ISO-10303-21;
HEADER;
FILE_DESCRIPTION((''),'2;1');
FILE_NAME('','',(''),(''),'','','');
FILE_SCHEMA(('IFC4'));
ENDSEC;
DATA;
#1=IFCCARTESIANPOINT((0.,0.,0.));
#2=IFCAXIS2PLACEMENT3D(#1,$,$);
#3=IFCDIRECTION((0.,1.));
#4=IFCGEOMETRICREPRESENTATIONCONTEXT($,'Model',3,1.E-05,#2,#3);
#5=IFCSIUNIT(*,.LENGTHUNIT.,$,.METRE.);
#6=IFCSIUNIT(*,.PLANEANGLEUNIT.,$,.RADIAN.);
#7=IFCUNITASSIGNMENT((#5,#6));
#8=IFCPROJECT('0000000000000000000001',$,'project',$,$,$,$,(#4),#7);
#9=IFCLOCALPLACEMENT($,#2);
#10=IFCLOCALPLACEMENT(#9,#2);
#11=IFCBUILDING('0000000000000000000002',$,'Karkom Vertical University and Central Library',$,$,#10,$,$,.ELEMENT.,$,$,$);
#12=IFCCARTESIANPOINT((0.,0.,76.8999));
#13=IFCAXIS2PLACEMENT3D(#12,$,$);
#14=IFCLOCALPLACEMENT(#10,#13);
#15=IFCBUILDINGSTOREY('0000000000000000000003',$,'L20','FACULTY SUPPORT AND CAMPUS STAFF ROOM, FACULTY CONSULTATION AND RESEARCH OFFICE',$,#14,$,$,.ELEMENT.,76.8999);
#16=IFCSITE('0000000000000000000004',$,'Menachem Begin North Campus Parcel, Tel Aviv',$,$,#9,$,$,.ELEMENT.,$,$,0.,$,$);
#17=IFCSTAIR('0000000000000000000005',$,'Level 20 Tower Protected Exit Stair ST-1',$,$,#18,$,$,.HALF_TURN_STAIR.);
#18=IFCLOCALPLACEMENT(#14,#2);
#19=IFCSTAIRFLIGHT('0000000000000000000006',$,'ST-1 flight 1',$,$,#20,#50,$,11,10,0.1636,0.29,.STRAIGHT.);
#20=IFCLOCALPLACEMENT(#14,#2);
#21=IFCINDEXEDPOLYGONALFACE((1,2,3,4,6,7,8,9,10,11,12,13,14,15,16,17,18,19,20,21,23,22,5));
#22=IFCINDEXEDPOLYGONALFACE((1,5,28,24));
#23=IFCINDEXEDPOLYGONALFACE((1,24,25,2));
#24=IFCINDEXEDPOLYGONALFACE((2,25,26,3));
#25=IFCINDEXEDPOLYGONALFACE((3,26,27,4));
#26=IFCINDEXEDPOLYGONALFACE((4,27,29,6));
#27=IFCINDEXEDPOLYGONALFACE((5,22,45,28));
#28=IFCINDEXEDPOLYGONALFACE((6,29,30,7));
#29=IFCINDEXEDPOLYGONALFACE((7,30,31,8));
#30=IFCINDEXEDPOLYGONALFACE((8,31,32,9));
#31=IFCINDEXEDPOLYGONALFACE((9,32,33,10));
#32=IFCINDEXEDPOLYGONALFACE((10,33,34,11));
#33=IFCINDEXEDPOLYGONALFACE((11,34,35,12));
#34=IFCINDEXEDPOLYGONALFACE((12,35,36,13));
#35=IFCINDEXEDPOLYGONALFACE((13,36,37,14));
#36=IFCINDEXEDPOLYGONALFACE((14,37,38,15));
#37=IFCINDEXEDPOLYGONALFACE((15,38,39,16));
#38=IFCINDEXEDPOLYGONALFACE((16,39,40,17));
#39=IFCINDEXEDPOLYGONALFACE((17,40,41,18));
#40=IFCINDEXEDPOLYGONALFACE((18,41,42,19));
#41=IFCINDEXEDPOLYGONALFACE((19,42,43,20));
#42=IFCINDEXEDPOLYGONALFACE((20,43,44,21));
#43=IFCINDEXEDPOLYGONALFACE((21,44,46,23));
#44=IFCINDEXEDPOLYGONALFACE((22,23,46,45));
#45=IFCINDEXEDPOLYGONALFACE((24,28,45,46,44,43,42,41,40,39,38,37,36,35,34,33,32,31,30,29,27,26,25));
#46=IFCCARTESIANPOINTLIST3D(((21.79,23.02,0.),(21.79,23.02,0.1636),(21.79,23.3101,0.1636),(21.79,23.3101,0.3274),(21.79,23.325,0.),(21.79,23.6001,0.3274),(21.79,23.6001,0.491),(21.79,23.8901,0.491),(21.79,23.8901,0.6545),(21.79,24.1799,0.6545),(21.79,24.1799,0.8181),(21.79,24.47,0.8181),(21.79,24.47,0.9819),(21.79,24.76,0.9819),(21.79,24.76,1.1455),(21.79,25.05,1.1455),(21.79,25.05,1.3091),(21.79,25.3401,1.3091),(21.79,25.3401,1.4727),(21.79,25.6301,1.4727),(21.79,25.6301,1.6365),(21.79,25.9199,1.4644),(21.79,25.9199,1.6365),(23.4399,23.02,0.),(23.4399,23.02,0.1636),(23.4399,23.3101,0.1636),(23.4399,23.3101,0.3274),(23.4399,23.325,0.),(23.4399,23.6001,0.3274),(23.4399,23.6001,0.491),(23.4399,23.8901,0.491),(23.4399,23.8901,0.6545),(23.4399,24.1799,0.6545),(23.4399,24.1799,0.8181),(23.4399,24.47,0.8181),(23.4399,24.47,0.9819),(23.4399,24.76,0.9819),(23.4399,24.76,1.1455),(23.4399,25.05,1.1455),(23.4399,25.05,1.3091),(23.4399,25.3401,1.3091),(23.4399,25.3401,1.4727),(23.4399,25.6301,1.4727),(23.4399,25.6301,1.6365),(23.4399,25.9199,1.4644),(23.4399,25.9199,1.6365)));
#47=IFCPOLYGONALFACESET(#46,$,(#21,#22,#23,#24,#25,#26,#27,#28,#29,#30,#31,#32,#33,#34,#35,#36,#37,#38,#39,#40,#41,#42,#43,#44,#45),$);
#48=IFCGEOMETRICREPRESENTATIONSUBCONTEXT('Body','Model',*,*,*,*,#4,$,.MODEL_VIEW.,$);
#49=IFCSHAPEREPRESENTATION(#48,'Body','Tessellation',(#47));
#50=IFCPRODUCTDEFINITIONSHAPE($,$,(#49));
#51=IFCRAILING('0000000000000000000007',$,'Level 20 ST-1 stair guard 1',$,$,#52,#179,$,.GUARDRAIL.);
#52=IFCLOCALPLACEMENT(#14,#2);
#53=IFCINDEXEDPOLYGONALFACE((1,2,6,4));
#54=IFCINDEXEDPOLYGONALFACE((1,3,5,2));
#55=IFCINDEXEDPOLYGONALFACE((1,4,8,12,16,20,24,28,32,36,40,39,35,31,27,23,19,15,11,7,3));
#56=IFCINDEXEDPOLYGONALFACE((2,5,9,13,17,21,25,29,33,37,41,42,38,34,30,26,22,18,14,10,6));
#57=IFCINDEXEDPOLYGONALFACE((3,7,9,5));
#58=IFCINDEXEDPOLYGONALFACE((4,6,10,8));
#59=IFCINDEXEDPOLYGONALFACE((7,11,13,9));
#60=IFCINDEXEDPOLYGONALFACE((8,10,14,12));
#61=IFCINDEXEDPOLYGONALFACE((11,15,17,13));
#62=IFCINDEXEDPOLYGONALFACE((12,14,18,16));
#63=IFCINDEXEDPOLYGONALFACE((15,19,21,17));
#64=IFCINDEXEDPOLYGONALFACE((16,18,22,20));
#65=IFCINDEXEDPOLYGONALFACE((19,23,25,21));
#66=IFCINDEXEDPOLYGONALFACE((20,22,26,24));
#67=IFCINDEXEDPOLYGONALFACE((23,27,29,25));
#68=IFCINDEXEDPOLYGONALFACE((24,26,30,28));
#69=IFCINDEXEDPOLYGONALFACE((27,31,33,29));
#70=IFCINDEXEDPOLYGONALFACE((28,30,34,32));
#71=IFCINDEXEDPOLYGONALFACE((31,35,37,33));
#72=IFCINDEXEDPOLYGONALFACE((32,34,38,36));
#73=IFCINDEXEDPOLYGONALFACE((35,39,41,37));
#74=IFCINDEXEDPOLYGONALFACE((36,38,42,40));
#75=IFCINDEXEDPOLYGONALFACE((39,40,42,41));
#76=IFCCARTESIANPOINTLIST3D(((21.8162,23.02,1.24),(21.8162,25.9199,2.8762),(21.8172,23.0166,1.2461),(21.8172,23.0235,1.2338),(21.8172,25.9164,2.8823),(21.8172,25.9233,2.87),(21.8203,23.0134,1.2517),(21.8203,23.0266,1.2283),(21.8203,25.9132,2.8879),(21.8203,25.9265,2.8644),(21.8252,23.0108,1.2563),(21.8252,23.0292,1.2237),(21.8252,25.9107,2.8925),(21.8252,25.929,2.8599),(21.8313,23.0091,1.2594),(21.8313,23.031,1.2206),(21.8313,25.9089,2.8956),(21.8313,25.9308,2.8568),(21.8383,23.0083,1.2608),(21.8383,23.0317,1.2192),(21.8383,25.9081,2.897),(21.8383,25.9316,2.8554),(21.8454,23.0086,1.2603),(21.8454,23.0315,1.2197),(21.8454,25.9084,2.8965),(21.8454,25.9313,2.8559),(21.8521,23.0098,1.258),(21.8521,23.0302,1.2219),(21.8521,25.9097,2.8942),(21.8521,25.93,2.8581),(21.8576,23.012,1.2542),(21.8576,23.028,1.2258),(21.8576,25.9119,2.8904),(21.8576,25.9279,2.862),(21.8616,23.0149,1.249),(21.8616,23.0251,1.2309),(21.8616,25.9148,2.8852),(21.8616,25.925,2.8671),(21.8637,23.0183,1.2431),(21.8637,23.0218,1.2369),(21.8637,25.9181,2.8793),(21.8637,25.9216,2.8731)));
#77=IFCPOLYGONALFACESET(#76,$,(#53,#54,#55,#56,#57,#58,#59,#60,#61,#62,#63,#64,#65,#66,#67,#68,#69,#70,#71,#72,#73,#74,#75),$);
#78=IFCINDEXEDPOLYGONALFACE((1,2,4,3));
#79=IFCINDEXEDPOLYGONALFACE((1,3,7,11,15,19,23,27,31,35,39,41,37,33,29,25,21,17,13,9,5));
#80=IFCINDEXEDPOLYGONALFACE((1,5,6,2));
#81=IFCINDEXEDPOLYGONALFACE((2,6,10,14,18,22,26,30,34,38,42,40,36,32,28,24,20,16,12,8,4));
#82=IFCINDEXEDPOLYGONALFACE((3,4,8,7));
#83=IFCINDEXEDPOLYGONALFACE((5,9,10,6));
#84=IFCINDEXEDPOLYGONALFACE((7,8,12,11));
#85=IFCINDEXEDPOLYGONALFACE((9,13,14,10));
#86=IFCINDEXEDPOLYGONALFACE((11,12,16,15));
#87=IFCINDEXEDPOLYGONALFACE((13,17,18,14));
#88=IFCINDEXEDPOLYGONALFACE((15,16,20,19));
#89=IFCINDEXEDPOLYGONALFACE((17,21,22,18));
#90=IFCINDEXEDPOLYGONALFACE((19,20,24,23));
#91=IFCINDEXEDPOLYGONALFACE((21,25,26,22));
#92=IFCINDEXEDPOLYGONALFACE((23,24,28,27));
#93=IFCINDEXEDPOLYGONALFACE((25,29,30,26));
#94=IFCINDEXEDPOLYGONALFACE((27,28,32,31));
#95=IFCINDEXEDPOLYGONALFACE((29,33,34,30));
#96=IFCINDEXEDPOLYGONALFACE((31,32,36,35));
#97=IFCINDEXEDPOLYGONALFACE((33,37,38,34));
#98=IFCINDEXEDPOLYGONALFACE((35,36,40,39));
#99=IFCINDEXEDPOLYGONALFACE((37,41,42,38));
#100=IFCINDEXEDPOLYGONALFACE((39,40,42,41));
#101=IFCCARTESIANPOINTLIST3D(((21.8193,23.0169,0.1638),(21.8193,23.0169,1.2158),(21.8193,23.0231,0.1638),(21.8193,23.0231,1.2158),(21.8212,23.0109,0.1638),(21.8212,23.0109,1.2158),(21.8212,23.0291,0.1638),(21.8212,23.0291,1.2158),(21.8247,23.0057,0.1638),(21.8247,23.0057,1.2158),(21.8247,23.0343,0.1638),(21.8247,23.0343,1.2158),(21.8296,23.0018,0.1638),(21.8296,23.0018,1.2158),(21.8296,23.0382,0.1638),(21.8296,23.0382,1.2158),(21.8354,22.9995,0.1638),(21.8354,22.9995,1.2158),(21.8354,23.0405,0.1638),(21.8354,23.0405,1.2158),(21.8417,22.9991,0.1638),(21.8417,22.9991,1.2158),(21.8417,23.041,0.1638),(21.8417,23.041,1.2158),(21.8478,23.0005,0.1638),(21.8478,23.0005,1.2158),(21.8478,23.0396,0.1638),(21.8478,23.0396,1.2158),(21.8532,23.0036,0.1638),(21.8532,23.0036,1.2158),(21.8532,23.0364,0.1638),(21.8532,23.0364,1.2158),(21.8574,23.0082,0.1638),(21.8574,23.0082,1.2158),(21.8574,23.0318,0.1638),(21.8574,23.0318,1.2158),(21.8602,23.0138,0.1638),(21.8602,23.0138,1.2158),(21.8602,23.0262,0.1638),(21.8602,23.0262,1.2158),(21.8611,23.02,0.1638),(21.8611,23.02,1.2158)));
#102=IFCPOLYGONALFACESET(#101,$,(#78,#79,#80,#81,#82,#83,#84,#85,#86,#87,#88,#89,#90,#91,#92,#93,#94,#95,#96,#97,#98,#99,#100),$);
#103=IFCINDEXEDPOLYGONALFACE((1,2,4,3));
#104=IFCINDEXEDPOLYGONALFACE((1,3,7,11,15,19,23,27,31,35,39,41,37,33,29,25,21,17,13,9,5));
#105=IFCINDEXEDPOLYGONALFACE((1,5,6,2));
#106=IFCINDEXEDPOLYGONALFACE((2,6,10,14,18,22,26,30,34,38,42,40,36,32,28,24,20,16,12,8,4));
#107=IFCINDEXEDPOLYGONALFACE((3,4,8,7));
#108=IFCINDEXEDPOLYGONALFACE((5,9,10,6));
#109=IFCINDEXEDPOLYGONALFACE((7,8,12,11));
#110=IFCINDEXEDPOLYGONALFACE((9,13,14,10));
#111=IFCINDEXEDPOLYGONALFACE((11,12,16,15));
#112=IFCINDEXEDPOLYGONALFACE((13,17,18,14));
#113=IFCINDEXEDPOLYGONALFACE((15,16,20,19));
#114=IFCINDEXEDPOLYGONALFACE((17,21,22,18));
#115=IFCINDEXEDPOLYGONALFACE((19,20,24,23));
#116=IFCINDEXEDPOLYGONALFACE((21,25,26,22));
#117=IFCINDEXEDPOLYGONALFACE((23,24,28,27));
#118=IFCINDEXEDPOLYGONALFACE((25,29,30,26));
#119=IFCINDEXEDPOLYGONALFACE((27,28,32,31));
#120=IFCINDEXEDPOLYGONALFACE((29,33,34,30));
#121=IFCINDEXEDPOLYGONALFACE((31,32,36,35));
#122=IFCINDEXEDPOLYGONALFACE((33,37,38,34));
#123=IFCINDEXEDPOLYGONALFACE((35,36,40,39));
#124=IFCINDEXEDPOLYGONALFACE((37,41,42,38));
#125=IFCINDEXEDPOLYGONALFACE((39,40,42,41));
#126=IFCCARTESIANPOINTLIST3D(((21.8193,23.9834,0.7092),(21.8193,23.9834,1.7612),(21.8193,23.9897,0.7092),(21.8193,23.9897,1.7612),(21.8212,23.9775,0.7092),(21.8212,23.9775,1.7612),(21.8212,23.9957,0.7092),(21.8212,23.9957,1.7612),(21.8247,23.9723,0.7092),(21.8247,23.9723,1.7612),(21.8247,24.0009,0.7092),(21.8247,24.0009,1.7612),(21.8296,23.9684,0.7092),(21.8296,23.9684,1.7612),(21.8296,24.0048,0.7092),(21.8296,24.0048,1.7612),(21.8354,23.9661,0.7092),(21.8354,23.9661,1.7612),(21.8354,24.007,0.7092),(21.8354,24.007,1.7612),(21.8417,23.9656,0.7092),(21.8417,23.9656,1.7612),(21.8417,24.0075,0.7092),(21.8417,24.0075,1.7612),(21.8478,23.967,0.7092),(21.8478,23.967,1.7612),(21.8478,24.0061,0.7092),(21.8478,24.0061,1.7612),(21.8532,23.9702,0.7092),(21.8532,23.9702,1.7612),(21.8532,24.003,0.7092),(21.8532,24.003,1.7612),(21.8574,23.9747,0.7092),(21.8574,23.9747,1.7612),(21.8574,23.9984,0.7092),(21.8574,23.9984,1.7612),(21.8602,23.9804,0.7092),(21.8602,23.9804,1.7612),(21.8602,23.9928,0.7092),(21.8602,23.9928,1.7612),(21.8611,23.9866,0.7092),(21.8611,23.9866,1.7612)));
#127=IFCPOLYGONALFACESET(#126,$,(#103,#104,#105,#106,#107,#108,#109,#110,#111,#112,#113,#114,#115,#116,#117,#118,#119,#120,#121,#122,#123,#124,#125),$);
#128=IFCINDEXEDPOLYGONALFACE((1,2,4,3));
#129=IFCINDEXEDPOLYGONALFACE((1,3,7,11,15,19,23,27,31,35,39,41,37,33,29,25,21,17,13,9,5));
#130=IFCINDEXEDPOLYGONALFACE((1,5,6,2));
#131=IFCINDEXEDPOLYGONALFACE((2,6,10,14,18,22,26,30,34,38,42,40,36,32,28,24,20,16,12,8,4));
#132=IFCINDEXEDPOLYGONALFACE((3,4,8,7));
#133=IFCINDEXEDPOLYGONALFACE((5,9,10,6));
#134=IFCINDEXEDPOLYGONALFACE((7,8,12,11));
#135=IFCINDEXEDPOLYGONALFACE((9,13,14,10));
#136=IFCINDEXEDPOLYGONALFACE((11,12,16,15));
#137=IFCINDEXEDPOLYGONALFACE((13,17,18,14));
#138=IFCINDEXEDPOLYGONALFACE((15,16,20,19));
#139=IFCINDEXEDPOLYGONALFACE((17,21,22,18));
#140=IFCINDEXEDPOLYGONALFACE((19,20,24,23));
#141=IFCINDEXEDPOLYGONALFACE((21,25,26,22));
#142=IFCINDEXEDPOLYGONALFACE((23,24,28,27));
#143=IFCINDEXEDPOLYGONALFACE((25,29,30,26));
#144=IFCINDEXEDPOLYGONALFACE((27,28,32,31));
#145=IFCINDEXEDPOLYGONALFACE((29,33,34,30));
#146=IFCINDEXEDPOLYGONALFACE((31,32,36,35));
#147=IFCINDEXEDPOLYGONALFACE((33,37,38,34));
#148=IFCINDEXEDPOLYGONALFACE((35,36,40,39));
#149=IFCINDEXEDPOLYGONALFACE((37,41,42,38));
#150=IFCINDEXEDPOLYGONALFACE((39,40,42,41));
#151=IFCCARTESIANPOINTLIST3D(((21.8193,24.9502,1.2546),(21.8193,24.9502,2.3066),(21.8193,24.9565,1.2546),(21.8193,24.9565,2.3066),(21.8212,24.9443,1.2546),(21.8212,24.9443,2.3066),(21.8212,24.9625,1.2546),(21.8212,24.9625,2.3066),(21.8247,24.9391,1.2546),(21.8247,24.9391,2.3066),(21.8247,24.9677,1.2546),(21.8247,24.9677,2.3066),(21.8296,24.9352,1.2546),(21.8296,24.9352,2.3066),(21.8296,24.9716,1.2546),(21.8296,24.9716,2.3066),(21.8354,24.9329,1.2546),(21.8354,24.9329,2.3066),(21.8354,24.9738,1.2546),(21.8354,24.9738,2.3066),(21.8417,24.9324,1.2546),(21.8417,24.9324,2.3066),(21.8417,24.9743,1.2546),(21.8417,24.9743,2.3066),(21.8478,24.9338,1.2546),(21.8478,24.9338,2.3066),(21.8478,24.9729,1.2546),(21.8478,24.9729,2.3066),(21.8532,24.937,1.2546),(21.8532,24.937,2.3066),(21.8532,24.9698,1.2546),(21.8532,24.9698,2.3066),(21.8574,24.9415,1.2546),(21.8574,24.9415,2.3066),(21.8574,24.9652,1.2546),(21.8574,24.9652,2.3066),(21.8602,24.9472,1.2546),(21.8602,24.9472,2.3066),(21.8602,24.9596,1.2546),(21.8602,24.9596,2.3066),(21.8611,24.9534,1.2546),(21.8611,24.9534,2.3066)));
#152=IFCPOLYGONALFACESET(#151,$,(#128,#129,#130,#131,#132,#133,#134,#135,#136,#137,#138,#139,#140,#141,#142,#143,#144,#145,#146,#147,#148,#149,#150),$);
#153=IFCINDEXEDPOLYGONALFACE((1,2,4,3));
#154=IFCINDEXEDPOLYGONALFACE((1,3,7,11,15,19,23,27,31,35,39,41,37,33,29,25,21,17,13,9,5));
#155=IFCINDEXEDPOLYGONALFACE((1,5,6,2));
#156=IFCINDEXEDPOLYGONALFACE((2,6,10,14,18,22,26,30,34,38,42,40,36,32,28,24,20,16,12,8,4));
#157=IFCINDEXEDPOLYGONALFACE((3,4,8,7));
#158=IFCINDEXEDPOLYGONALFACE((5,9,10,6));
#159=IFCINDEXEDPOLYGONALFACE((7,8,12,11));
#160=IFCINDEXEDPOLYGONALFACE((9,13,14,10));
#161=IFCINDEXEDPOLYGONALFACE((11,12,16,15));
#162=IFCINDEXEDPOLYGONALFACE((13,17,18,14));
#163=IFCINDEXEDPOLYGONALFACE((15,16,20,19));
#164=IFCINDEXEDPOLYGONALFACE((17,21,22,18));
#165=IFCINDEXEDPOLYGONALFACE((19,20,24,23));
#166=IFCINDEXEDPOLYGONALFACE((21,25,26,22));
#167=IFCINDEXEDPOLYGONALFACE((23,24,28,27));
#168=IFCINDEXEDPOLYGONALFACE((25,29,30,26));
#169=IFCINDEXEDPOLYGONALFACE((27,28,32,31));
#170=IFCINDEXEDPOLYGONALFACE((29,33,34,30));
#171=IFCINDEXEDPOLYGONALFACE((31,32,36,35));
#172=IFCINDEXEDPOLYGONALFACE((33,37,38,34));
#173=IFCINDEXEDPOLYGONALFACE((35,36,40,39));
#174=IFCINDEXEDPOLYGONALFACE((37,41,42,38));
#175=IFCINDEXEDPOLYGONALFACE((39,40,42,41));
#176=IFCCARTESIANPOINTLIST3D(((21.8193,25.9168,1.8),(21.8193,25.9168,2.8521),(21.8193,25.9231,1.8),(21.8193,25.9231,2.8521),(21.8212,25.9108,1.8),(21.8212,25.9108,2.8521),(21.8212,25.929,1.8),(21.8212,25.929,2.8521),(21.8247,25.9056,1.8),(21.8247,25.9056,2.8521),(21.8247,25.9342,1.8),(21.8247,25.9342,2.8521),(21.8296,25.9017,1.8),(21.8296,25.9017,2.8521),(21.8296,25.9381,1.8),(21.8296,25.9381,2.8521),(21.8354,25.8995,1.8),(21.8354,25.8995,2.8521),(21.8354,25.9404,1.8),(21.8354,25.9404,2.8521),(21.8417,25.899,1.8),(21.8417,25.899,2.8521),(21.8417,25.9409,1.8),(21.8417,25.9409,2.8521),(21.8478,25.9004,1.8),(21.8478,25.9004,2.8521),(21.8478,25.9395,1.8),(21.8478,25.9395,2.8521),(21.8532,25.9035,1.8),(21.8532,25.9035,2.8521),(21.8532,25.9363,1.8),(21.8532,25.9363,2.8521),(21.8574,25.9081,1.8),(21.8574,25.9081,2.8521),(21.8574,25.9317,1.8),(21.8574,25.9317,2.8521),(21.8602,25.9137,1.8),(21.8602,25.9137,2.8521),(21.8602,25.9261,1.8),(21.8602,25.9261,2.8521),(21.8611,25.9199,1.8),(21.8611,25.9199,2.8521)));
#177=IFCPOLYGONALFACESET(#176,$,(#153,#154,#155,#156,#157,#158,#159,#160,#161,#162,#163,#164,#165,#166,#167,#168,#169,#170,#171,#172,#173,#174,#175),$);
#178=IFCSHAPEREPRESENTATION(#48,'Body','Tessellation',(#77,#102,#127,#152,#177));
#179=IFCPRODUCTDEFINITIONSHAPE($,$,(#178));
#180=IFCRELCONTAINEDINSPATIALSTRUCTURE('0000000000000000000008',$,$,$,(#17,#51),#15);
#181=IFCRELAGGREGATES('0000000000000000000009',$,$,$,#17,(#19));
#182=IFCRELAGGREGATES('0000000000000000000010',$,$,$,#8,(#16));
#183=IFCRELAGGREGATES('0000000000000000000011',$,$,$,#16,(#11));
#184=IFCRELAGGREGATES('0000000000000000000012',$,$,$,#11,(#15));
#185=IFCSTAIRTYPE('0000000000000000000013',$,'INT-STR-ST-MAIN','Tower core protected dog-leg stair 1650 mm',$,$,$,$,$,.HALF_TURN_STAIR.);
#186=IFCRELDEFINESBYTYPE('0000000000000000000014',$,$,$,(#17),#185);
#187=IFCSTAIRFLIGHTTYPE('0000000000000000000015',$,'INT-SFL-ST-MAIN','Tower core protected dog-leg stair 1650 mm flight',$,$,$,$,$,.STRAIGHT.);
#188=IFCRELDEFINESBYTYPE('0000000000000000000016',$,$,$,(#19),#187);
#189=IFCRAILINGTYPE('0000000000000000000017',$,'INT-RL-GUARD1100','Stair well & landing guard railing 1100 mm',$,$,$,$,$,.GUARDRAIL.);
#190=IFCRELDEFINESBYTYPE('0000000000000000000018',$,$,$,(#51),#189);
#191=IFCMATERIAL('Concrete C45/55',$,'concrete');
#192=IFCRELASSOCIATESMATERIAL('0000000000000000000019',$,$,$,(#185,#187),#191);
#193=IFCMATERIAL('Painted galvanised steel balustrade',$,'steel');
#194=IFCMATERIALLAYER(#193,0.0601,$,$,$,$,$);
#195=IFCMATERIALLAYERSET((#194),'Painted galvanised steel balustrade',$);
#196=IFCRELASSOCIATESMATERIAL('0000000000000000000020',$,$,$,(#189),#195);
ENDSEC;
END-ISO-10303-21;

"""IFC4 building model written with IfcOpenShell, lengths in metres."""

from ifc_helpers import new_model, si_unit, direction, frame, origin, origin_2d, place, context, subcontext, project, spatial, polyline, circle, outline, extrude, material, layer, layer_set, type_object, element, aggregate, save


model = new_model("IFC4")

# Units and contexts
model_context = context("Model", 3, precision=1e-05, world=origin(), true_north=direction((0.0, 1.0)))
body_context = subcontext(model_context, "Body", "Model", "MODEL_VIEW")
ifc_project = project(units=[si_unit("LENGTHUNIT", "METRE"), si_unit("PLANEANGLEUNIT", "RADIAN")], contexts=[model_context])

# Site, building, storey
site_placement = place(None, origin())
site = spatial("IfcSite", under=ifc_project, at=site_placement, Name="Menachem Begin North Campus Parcel, Tel Aviv", CompositionType="ELEMENT", RefElevation=0.0)
building_placement = place(site_placement, origin())
building = spatial("IfcBuilding", under=site, at=building_placement, Name="Karkom Vertical University and Central Library", CompositionType="ELEMENT")
storey_placement = place(building_placement, frame((0.0, 0.0, 76.8999)))
storey = spatial("IfcBuildingStorey", under=building, at=storey_placement, Name="L20", Description="FACULTY SUPPORT AND CAMPUS STAFF ROOM, FACULTY CONSULTATION AND RESEARCH OFFICE", CompositionType="ELEMENT", Elevation=76.8999)

# Shared definitions
ifc_material_1 = material(Name="Concrete C45/55", Category="concrete")

# Stair, stair flight
stair_type = type_object("IfcStairType", Name="INT-STR-ST-MAIN", Description="Tower core protected dog-leg stair 1650 mm", PredefinedType="HALF_TURN_STAIR", material=ifc_material_1)
stair_placement = place(storey_placement, origin())
stair = element("IfcStair", 1, at=stair_placement, inside=storey, type_object=stair_type, Name="Level 20 Tower Protected Exit Stair ST-1", PredefinedType="HALF_TURN_STAIR")
stair_flight_type = type_object("IfcStairFlightType", Name="INT-SFL-ST-MAIN", Description="Tower core protected dog-leg stair 1650 mm flight", PredefinedType="STRAIGHT", material=ifc_material_1)
stair_flight_placement = place(storey_placement, frame((22.615, 23.02, 0.0), z_axis=(0.0, 0.0, 1.0), x_axis=(0.0, 1.0, 0.0)))
stair_flight = element("IfcStairFlight", 2, at=stair_flight_placement, type_object=stair_flight_type, Name="ST-1 flight 1", NumberOfRisers=11, NumberOfTreads=10, PredefinedType="STRAIGHT", RiserHeight=0.1636, TreadLength=0.29, context=body_context, shape_type="SweptSolid", body=[
    extrude(outline(polyline([(0.0, 0.0), (0.0, 0.1636), (0.29, 0.1636), (0.29, 0.3274), (0.5801, 0.3274), (0.5801, 0.491), (0.8701, 0.491), (0.8701, 0.6545), (1.1599, 0.6545), (1.1599, 0.8181), (1.45, 0.8181), (1.45, 0.9819), (1.74, 0.9819), (1.74, 1.1455), (2.03, 1.1455), (2.03, 1.3091), (2.3201, 1.3091), (2.3201, 1.4727), (2.6101, 1.4727), (2.6101, 1.6365), (2.8999, 1.6365), (2.8999, 1.8), (2.8999, 1.4644), (0.3049, 0.0), (0.0, 0.0)])), frame((0.0, 0.825, 0.0), z_axis=(0.0, -1.0, 0.0), x_axis=(1.0, 0.0, 0.0)), (0.0, 0.0, 1.0), 1.6499),
])
aggregate(stair, [stair_flight])

# Railing
ifc_material_2 = material(Name="Painted galvanised steel balustrade", Category="steel")
ifc_layer_1 = layer(ifc_material_2, 0.0601)
ifc_layer_set_1 = layer_set([ifc_layer_1], Name="Painted galvanised steel balustrade")
railing_type_1 = type_object("IfcRailingType", Name="INT-RL-GUARD1100", Description="Stair well & landing guard railing 1100 mm", PredefinedType="GUARDRAIL", material=ifc_layer_set_1)
railing_1_placement = place(storey_placement, frame((21.8401, 23.02, 0.1638)))
element("IfcRailing", 3, at=railing_1_placement, inside=storey, type_object=railing_type_1, Name="Level 20 ST-1 stair guard 1", PredefinedType="GUARDRAIL", context=body_context, shape_type="SweptSolid", body=[
    extrude(circle(Radius=0.0239, at=origin_2d()), frame((0.0, 0.0, 1.0762), z_axis=(0.0, 0.870929, 0.49141), x_axis=(-1.0, 0.0, 0.0)), (0.0, 0.0, 1.0), 3.3296),
    extrude(circle(Radius=0.021, at=origin_2d()), origin(), (0.0, 0.0, 1.0), 1.052),
    extrude(circle(Radius=0.021, at=origin_2d()), frame((0.0, 0.9666, 0.5454)), (0.0, 0.0, 1.0), 1.052),
    extrude(circle(Radius=0.021, at=origin_2d()), frame((0.0, 1.9333, 1.0908)), (0.0, 0.0, 1.0), 1.052),
    extrude(circle(Radius=0.021, at=origin_2d()), frame((0.0, 2.8999, 1.6362)), (0.0, 0.0, 1.0), 1.052),
])

save(model, "model.ifc")
